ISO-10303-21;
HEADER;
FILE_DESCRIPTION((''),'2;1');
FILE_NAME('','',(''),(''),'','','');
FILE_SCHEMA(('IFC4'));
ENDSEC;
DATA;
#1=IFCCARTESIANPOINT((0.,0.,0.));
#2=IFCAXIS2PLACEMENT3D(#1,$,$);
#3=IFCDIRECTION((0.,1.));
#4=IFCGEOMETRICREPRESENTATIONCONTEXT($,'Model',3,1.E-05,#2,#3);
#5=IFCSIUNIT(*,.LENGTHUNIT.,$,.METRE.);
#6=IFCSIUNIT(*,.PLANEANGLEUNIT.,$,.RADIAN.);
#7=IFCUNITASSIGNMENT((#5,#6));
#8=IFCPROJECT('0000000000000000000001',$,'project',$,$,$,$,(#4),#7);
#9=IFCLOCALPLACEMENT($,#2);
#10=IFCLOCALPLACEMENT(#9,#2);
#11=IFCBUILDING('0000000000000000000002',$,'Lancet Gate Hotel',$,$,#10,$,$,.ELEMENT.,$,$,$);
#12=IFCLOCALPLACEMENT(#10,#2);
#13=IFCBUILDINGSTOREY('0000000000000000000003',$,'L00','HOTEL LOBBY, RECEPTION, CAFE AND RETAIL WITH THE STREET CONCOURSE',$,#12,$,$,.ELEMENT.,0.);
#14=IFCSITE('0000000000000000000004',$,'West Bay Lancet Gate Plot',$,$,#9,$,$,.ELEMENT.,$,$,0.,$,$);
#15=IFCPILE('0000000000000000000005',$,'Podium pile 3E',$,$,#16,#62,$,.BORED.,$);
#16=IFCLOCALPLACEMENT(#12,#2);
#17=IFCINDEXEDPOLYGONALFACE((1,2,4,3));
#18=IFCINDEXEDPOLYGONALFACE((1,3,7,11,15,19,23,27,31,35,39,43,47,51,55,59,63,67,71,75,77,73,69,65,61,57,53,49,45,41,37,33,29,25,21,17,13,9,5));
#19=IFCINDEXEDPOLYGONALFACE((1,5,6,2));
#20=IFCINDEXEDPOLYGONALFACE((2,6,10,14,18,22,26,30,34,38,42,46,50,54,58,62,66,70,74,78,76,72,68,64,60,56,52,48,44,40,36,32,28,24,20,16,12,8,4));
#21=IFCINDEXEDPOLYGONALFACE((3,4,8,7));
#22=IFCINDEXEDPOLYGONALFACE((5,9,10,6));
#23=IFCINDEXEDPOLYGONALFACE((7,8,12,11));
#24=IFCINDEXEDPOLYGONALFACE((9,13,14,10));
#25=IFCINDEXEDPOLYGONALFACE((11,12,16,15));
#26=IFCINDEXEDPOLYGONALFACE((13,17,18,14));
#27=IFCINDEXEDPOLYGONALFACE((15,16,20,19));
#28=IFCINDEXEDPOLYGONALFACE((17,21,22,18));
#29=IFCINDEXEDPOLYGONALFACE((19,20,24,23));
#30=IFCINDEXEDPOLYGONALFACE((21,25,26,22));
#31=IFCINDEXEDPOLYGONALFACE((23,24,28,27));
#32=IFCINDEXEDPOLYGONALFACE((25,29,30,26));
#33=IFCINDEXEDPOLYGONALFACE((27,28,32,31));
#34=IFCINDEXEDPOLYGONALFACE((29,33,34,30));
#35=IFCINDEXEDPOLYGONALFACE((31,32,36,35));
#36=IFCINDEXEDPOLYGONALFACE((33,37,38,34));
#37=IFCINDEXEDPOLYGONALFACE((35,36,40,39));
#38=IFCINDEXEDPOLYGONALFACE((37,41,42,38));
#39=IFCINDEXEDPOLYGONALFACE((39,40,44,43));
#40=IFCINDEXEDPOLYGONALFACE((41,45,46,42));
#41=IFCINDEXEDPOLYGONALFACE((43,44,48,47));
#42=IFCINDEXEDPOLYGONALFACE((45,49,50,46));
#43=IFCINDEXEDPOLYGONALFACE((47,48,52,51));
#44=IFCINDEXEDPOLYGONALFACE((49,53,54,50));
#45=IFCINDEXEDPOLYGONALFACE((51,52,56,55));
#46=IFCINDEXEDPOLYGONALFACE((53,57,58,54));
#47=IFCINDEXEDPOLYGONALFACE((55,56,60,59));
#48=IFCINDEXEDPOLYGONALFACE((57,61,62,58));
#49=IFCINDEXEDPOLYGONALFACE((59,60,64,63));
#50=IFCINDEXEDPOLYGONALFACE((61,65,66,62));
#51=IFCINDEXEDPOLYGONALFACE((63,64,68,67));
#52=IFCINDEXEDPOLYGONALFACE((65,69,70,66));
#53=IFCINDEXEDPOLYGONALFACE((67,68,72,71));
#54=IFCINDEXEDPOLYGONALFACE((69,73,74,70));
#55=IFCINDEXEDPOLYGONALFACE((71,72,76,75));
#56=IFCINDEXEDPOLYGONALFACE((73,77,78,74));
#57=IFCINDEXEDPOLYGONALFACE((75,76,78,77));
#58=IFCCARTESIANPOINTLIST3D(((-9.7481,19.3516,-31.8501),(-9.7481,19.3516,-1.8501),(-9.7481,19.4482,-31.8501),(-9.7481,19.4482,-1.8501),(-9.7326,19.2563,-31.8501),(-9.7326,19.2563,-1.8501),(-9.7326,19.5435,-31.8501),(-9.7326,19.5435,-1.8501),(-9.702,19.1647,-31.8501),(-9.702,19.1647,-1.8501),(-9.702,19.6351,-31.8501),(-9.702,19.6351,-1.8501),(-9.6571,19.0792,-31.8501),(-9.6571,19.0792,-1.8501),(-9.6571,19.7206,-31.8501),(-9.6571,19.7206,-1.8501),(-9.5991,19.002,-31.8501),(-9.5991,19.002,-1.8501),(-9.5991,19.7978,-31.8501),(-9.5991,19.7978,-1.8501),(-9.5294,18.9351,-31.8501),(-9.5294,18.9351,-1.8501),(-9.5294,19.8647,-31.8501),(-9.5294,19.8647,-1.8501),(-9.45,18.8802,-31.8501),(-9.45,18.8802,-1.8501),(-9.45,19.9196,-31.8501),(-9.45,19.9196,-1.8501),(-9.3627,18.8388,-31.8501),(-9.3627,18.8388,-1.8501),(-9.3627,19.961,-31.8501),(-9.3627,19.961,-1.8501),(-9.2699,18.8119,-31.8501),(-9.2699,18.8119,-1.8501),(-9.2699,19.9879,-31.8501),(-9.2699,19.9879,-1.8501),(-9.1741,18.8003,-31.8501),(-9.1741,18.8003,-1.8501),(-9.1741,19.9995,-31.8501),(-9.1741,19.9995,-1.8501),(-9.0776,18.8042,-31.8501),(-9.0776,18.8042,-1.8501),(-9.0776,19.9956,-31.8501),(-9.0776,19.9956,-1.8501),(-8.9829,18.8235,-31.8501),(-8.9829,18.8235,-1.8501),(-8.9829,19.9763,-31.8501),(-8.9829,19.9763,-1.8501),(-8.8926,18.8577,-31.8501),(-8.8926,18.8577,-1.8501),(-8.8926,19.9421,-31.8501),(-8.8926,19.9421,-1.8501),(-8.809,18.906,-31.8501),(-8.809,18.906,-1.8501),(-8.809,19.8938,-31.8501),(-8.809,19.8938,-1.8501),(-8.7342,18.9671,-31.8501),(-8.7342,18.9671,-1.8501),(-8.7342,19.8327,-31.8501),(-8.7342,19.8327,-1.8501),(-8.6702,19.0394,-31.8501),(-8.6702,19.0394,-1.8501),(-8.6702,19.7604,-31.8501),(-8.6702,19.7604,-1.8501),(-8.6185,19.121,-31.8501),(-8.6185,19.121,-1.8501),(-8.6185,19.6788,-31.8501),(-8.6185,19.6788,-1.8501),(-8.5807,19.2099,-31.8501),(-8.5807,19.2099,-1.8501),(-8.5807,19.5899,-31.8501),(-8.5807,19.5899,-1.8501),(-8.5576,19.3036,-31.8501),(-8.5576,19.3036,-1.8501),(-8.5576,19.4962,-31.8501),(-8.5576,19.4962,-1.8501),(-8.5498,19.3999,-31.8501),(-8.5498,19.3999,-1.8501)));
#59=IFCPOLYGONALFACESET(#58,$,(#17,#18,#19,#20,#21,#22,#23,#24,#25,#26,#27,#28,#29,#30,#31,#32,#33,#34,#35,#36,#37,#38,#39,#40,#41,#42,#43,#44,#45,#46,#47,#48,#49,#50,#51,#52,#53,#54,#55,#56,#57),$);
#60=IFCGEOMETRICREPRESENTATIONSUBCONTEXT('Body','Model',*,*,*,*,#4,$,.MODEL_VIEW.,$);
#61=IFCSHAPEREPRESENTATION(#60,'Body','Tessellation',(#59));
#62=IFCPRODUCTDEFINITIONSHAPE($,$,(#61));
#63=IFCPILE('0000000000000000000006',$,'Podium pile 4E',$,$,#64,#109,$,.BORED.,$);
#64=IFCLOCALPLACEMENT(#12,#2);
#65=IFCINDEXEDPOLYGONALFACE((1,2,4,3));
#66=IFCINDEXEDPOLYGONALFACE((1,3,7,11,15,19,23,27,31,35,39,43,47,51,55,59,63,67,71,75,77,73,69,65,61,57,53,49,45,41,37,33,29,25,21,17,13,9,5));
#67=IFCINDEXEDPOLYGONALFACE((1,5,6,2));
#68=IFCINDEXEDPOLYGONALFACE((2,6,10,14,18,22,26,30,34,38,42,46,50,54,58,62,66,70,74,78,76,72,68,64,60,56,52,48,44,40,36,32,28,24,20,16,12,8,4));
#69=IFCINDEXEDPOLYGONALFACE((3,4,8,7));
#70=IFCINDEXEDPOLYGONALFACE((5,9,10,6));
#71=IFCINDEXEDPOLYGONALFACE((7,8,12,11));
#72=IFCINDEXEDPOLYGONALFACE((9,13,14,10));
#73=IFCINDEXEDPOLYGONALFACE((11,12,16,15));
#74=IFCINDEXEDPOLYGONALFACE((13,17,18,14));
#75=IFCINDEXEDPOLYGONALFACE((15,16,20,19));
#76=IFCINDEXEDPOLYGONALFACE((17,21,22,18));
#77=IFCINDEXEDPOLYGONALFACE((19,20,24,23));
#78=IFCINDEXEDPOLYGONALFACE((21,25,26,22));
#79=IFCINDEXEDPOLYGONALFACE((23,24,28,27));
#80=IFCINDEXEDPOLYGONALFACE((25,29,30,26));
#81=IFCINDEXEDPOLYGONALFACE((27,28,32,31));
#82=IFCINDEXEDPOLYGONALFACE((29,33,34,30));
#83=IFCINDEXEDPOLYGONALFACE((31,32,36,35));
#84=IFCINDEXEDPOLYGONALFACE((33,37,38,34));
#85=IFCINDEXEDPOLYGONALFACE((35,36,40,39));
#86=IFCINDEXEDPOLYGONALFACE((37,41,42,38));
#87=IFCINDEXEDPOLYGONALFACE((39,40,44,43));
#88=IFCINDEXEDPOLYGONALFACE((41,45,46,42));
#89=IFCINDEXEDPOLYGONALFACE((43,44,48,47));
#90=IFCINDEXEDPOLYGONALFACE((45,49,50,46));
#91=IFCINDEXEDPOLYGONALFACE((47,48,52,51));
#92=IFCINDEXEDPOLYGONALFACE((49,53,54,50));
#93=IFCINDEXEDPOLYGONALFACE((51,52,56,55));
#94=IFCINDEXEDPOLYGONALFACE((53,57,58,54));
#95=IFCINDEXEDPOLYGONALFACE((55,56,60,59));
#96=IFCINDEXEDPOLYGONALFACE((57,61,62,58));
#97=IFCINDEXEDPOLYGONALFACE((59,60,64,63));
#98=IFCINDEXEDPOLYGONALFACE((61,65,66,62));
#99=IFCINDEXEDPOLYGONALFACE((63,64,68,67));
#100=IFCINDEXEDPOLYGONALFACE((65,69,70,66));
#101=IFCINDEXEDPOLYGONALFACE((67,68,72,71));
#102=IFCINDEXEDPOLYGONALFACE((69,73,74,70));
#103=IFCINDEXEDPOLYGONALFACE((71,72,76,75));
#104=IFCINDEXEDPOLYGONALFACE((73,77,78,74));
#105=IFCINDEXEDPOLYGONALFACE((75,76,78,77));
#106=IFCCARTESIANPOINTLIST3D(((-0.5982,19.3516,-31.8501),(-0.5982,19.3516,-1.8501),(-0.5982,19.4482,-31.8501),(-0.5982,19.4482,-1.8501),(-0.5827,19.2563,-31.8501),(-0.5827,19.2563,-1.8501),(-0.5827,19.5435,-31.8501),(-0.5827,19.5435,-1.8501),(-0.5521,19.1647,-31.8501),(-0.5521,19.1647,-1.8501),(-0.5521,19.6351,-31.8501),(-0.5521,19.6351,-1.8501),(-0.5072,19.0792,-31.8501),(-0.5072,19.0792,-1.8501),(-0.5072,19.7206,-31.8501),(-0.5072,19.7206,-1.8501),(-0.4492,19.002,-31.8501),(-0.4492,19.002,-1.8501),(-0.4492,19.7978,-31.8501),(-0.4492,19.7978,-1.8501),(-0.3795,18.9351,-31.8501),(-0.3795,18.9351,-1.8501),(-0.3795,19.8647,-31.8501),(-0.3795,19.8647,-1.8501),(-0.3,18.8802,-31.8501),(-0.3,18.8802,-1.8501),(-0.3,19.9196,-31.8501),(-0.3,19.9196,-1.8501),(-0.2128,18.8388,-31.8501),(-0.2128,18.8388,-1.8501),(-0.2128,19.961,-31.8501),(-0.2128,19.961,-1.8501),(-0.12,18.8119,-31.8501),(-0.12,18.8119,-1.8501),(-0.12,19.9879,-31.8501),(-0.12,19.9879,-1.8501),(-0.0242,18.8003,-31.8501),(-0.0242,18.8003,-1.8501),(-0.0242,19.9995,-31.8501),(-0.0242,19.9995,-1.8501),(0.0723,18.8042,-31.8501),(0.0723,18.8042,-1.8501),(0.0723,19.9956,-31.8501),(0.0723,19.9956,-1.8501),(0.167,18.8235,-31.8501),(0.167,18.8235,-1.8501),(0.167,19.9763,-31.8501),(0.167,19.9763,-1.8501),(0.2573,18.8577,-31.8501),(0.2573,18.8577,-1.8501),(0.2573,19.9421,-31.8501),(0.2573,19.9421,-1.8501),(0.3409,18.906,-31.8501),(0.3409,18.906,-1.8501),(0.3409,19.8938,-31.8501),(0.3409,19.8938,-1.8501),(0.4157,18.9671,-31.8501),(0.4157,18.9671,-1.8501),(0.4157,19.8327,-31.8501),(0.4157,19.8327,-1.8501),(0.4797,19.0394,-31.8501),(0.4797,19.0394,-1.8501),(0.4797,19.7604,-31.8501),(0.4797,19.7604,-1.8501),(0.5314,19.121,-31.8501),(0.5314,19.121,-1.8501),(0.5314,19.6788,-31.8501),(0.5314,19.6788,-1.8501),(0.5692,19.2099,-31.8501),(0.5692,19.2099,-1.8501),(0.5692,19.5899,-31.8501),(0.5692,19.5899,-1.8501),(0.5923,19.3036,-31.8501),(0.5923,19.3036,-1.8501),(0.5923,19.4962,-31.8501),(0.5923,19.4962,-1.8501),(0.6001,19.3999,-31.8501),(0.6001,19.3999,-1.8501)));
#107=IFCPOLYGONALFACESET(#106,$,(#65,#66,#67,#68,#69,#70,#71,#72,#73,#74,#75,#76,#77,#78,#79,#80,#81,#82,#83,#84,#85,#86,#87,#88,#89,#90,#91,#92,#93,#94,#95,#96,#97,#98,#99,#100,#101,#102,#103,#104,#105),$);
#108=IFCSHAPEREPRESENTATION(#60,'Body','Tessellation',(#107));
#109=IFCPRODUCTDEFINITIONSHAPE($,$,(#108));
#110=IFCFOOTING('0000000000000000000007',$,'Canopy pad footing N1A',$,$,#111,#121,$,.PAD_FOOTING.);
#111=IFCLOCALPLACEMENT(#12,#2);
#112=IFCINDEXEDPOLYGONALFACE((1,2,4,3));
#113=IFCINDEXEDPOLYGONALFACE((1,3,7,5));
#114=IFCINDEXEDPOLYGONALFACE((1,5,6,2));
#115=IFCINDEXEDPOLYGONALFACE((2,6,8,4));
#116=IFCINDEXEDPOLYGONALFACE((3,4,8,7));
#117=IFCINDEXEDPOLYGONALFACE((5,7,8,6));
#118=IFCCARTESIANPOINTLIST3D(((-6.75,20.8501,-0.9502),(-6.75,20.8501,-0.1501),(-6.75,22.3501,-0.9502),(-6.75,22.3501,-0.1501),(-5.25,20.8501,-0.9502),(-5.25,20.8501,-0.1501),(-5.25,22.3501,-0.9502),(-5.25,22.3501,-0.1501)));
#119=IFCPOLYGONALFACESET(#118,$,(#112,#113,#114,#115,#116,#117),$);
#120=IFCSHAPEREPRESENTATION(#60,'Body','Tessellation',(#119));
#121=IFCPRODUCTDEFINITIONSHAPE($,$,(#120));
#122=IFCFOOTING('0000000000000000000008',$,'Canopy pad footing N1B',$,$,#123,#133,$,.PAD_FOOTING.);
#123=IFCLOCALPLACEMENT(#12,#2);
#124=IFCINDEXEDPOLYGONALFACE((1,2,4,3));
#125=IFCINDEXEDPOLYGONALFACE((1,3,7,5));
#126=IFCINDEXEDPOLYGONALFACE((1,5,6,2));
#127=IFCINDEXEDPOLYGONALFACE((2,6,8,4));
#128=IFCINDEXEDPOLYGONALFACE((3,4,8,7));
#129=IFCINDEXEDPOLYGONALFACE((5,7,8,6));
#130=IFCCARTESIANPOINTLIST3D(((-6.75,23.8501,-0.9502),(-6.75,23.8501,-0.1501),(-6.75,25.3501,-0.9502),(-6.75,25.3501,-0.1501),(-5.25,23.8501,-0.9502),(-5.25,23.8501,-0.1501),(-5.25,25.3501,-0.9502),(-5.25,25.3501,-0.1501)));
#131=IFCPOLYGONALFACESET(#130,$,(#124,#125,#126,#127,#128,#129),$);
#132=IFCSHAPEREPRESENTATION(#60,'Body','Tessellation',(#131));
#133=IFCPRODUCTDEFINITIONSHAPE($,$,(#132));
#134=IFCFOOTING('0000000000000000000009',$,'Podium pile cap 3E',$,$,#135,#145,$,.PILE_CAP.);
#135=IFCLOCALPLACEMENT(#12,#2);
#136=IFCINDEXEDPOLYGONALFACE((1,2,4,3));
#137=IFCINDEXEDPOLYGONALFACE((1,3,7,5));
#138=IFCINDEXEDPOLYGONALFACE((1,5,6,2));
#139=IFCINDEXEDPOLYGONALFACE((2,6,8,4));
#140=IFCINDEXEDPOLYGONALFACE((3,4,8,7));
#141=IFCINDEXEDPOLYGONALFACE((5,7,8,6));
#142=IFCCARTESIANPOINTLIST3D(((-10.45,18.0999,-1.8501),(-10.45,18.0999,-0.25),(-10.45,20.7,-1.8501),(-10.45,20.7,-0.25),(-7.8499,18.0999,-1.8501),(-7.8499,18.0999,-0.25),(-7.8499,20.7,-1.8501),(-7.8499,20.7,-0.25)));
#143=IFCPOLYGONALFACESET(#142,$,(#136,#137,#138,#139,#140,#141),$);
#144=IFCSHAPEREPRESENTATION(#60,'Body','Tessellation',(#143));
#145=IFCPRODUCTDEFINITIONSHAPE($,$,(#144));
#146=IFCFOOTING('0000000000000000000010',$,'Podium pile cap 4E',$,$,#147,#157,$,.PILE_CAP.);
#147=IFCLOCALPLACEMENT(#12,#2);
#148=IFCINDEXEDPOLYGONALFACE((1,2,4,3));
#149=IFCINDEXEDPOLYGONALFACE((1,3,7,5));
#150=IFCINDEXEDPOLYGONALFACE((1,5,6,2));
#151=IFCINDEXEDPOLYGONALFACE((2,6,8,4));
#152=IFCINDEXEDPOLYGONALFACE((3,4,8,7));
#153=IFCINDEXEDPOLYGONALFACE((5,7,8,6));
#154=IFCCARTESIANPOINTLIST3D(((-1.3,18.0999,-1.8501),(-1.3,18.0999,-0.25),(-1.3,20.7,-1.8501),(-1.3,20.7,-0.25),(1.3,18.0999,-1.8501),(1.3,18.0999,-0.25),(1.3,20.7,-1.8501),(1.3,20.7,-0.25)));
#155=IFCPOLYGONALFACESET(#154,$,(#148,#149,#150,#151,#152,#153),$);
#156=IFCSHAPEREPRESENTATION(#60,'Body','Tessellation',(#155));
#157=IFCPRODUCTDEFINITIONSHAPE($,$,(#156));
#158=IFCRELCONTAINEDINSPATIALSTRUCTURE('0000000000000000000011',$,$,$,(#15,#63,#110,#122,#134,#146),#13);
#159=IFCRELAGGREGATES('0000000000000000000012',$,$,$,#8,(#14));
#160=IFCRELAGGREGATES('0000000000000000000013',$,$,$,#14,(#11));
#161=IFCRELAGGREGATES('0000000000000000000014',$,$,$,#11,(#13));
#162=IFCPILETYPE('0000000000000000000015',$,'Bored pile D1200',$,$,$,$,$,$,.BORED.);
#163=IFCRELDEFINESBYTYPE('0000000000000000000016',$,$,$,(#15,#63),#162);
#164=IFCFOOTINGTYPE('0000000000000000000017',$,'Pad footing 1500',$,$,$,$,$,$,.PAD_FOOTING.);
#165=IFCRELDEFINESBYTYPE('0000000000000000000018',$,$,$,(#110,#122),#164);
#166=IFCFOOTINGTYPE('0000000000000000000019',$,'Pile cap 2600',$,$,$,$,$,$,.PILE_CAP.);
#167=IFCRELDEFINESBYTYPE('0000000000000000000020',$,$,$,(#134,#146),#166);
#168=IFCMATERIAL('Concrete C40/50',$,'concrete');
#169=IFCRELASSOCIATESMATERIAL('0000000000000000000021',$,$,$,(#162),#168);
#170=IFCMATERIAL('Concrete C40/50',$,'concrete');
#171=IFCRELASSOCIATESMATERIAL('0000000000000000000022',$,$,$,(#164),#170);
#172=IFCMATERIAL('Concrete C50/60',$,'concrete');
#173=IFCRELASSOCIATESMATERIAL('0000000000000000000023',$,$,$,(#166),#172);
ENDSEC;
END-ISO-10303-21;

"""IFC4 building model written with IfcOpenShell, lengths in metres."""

from ifc_helpers import new_model, si_unit, direction, frame, origin, origin_2d, place, context, subcontext, project, spatial, rectangle, circle, extrude, material, material_profile, profile_set, type_object, element, save


model = new_model("IFC4")

# Units and contexts
model_context = context("Model", 3, precision=1e-05, world=origin(), true_north=direction((0.0, 1.0)))
body_context = subcontext(model_context, "Body", "Model", "MODEL_VIEW")
ifc_project = project(units=[si_unit("LENGTHUNIT", "METRE"), si_unit("PLANEANGLEUNIT", "RADIAN")], contexts=[model_context])

# Site, building, storey
site_placement = place(None, origin())
site = spatial("IfcSite", under=ifc_project, at=site_placement, Name="West Bay Lancet Gate Plot", CompositionType="ELEMENT", RefElevation=0.0)
building_placement = place(site_placement, origin())
building = spatial("IfcBuilding", under=site, at=building_placement, Name="Lancet Gate Hotel", CompositionType="ELEMENT")
storey_placement = place(building_placement, origin())
storey = spatial("IfcBuildingStorey", under=building, at=storey_placement, Name="L00", Description="HOTEL LOBBY, RECEPTION, CAFE AND RETAIL WITH THE STREET CONCOURSE", CompositionType="ELEMENT", Elevation=0.0)

# Piles
ifc_material_1 = material(Name="Concrete C40/50", Category="concrete")
ifc_material_profile_1 = material_profile(ifc_material_1, circle(Radius=0.6001, at=origin_2d()), Name="PILE D1200")
ifc_profile_set_1 = profile_set([ifc_material_profile_1], Name="Concrete C40/50")
pile_type = type_object("IfcPileType", Name="Bored pile D1200", PredefinedType="BORED", material=ifc_profile_set_1)
for number, where, z_axis, x_axis, name in (
    (1, (-9.1499, 19.3999, -1.8501), (0.0, 0.0, -1.0), (1.0, 0.0, 0.0), "Podium pile 3E"),
    (2, (0.0, 19.3999, -1.8501), (0.0, 0.0, -1.0), (1.0, 0.0, 0.0), "Podium pile 4E"),
):
    element("IfcPile", number, at=place(storey_placement, frame(where, z_axis=z_axis, x_axis=x_axis)), inside=storey, type_object=pile_type, Name=name, PredefinedType="BORED", context=body_context, shape_type="SweptSolid", body=[
        extrude(circle(Radius=0.6001, at=origin_2d()), origin(), (0.0, 0.0, 1.0), 30.0),
    ])

# Footings
ifc_material_2 = material(Name="Concrete C40/50", Category="concrete")
footing_type_1 = type_object("IfcFootingType", Name="Pad footing 1500", PredefinedType="PAD_FOOTING", material=ifc_material_2)
for number, where, z_axis, x_axis, name in (
    (3, (-6.0, 21.6001, -0.9502), (0.0, 0.0, 1.0), (1.0, 0.0, 0.0), "Canopy pad footing N1A"),
    (4, (-6.0, 24.6001, -0.9502), (0.0, 0.0, 1.0), (1.0, 0.0, 0.0), "Canopy pad footing N1B"),
):
    element("IfcFooting", number, at=place(storey_placement, frame(where, z_axis=z_axis, x_axis=x_axis)), inside=storey, type_object=footing_type_1, Name=name, PredefinedType="PAD_FOOTING", context=body_context, shape_type="SweptSolid", body=[
        extrude(rectangle(XDim=1.5, YDim=1.5, at=origin_2d()), origin(), (0.0, 0.0, 1.0), 0.8),
    ])
ifc_material_3 = material(Name="Concrete C50/60", Category="concrete")
footing_type_2 = type_object("IfcFootingType", Name="Pile cap 2600", PredefinedType="PILE_CAP", material=ifc_material_3)
for number, where, z_axis, x_axis, name in (
    (5, (-9.1499, 19.3999, -1.8501), (0.0, 0.0, 1.0), (1.0, 0.0, 0.0), "Podium pile cap 3E"),
    (6, (0.0, 19.3999, -1.8501), (0.0, 0.0, 1.0), (1.0, 0.0, 0.0), "Podium pile cap 4E"),
):
    element("IfcFooting", number, at=place(storey_placement, frame(where, z_axis=z_axis, x_axis=x_axis)), inside=storey, type_object=footing_type_2, Name=name, PredefinedType="PILE_CAP", context=body_context, shape_type="SweptSolid", body=[
        extrude(rectangle(XDim=2.6001, YDim=2.6001, at=origin_2d()), origin(), (0.0, 0.0, 1.0), 1.6001),
    ])

save(model, "model.ifc")
